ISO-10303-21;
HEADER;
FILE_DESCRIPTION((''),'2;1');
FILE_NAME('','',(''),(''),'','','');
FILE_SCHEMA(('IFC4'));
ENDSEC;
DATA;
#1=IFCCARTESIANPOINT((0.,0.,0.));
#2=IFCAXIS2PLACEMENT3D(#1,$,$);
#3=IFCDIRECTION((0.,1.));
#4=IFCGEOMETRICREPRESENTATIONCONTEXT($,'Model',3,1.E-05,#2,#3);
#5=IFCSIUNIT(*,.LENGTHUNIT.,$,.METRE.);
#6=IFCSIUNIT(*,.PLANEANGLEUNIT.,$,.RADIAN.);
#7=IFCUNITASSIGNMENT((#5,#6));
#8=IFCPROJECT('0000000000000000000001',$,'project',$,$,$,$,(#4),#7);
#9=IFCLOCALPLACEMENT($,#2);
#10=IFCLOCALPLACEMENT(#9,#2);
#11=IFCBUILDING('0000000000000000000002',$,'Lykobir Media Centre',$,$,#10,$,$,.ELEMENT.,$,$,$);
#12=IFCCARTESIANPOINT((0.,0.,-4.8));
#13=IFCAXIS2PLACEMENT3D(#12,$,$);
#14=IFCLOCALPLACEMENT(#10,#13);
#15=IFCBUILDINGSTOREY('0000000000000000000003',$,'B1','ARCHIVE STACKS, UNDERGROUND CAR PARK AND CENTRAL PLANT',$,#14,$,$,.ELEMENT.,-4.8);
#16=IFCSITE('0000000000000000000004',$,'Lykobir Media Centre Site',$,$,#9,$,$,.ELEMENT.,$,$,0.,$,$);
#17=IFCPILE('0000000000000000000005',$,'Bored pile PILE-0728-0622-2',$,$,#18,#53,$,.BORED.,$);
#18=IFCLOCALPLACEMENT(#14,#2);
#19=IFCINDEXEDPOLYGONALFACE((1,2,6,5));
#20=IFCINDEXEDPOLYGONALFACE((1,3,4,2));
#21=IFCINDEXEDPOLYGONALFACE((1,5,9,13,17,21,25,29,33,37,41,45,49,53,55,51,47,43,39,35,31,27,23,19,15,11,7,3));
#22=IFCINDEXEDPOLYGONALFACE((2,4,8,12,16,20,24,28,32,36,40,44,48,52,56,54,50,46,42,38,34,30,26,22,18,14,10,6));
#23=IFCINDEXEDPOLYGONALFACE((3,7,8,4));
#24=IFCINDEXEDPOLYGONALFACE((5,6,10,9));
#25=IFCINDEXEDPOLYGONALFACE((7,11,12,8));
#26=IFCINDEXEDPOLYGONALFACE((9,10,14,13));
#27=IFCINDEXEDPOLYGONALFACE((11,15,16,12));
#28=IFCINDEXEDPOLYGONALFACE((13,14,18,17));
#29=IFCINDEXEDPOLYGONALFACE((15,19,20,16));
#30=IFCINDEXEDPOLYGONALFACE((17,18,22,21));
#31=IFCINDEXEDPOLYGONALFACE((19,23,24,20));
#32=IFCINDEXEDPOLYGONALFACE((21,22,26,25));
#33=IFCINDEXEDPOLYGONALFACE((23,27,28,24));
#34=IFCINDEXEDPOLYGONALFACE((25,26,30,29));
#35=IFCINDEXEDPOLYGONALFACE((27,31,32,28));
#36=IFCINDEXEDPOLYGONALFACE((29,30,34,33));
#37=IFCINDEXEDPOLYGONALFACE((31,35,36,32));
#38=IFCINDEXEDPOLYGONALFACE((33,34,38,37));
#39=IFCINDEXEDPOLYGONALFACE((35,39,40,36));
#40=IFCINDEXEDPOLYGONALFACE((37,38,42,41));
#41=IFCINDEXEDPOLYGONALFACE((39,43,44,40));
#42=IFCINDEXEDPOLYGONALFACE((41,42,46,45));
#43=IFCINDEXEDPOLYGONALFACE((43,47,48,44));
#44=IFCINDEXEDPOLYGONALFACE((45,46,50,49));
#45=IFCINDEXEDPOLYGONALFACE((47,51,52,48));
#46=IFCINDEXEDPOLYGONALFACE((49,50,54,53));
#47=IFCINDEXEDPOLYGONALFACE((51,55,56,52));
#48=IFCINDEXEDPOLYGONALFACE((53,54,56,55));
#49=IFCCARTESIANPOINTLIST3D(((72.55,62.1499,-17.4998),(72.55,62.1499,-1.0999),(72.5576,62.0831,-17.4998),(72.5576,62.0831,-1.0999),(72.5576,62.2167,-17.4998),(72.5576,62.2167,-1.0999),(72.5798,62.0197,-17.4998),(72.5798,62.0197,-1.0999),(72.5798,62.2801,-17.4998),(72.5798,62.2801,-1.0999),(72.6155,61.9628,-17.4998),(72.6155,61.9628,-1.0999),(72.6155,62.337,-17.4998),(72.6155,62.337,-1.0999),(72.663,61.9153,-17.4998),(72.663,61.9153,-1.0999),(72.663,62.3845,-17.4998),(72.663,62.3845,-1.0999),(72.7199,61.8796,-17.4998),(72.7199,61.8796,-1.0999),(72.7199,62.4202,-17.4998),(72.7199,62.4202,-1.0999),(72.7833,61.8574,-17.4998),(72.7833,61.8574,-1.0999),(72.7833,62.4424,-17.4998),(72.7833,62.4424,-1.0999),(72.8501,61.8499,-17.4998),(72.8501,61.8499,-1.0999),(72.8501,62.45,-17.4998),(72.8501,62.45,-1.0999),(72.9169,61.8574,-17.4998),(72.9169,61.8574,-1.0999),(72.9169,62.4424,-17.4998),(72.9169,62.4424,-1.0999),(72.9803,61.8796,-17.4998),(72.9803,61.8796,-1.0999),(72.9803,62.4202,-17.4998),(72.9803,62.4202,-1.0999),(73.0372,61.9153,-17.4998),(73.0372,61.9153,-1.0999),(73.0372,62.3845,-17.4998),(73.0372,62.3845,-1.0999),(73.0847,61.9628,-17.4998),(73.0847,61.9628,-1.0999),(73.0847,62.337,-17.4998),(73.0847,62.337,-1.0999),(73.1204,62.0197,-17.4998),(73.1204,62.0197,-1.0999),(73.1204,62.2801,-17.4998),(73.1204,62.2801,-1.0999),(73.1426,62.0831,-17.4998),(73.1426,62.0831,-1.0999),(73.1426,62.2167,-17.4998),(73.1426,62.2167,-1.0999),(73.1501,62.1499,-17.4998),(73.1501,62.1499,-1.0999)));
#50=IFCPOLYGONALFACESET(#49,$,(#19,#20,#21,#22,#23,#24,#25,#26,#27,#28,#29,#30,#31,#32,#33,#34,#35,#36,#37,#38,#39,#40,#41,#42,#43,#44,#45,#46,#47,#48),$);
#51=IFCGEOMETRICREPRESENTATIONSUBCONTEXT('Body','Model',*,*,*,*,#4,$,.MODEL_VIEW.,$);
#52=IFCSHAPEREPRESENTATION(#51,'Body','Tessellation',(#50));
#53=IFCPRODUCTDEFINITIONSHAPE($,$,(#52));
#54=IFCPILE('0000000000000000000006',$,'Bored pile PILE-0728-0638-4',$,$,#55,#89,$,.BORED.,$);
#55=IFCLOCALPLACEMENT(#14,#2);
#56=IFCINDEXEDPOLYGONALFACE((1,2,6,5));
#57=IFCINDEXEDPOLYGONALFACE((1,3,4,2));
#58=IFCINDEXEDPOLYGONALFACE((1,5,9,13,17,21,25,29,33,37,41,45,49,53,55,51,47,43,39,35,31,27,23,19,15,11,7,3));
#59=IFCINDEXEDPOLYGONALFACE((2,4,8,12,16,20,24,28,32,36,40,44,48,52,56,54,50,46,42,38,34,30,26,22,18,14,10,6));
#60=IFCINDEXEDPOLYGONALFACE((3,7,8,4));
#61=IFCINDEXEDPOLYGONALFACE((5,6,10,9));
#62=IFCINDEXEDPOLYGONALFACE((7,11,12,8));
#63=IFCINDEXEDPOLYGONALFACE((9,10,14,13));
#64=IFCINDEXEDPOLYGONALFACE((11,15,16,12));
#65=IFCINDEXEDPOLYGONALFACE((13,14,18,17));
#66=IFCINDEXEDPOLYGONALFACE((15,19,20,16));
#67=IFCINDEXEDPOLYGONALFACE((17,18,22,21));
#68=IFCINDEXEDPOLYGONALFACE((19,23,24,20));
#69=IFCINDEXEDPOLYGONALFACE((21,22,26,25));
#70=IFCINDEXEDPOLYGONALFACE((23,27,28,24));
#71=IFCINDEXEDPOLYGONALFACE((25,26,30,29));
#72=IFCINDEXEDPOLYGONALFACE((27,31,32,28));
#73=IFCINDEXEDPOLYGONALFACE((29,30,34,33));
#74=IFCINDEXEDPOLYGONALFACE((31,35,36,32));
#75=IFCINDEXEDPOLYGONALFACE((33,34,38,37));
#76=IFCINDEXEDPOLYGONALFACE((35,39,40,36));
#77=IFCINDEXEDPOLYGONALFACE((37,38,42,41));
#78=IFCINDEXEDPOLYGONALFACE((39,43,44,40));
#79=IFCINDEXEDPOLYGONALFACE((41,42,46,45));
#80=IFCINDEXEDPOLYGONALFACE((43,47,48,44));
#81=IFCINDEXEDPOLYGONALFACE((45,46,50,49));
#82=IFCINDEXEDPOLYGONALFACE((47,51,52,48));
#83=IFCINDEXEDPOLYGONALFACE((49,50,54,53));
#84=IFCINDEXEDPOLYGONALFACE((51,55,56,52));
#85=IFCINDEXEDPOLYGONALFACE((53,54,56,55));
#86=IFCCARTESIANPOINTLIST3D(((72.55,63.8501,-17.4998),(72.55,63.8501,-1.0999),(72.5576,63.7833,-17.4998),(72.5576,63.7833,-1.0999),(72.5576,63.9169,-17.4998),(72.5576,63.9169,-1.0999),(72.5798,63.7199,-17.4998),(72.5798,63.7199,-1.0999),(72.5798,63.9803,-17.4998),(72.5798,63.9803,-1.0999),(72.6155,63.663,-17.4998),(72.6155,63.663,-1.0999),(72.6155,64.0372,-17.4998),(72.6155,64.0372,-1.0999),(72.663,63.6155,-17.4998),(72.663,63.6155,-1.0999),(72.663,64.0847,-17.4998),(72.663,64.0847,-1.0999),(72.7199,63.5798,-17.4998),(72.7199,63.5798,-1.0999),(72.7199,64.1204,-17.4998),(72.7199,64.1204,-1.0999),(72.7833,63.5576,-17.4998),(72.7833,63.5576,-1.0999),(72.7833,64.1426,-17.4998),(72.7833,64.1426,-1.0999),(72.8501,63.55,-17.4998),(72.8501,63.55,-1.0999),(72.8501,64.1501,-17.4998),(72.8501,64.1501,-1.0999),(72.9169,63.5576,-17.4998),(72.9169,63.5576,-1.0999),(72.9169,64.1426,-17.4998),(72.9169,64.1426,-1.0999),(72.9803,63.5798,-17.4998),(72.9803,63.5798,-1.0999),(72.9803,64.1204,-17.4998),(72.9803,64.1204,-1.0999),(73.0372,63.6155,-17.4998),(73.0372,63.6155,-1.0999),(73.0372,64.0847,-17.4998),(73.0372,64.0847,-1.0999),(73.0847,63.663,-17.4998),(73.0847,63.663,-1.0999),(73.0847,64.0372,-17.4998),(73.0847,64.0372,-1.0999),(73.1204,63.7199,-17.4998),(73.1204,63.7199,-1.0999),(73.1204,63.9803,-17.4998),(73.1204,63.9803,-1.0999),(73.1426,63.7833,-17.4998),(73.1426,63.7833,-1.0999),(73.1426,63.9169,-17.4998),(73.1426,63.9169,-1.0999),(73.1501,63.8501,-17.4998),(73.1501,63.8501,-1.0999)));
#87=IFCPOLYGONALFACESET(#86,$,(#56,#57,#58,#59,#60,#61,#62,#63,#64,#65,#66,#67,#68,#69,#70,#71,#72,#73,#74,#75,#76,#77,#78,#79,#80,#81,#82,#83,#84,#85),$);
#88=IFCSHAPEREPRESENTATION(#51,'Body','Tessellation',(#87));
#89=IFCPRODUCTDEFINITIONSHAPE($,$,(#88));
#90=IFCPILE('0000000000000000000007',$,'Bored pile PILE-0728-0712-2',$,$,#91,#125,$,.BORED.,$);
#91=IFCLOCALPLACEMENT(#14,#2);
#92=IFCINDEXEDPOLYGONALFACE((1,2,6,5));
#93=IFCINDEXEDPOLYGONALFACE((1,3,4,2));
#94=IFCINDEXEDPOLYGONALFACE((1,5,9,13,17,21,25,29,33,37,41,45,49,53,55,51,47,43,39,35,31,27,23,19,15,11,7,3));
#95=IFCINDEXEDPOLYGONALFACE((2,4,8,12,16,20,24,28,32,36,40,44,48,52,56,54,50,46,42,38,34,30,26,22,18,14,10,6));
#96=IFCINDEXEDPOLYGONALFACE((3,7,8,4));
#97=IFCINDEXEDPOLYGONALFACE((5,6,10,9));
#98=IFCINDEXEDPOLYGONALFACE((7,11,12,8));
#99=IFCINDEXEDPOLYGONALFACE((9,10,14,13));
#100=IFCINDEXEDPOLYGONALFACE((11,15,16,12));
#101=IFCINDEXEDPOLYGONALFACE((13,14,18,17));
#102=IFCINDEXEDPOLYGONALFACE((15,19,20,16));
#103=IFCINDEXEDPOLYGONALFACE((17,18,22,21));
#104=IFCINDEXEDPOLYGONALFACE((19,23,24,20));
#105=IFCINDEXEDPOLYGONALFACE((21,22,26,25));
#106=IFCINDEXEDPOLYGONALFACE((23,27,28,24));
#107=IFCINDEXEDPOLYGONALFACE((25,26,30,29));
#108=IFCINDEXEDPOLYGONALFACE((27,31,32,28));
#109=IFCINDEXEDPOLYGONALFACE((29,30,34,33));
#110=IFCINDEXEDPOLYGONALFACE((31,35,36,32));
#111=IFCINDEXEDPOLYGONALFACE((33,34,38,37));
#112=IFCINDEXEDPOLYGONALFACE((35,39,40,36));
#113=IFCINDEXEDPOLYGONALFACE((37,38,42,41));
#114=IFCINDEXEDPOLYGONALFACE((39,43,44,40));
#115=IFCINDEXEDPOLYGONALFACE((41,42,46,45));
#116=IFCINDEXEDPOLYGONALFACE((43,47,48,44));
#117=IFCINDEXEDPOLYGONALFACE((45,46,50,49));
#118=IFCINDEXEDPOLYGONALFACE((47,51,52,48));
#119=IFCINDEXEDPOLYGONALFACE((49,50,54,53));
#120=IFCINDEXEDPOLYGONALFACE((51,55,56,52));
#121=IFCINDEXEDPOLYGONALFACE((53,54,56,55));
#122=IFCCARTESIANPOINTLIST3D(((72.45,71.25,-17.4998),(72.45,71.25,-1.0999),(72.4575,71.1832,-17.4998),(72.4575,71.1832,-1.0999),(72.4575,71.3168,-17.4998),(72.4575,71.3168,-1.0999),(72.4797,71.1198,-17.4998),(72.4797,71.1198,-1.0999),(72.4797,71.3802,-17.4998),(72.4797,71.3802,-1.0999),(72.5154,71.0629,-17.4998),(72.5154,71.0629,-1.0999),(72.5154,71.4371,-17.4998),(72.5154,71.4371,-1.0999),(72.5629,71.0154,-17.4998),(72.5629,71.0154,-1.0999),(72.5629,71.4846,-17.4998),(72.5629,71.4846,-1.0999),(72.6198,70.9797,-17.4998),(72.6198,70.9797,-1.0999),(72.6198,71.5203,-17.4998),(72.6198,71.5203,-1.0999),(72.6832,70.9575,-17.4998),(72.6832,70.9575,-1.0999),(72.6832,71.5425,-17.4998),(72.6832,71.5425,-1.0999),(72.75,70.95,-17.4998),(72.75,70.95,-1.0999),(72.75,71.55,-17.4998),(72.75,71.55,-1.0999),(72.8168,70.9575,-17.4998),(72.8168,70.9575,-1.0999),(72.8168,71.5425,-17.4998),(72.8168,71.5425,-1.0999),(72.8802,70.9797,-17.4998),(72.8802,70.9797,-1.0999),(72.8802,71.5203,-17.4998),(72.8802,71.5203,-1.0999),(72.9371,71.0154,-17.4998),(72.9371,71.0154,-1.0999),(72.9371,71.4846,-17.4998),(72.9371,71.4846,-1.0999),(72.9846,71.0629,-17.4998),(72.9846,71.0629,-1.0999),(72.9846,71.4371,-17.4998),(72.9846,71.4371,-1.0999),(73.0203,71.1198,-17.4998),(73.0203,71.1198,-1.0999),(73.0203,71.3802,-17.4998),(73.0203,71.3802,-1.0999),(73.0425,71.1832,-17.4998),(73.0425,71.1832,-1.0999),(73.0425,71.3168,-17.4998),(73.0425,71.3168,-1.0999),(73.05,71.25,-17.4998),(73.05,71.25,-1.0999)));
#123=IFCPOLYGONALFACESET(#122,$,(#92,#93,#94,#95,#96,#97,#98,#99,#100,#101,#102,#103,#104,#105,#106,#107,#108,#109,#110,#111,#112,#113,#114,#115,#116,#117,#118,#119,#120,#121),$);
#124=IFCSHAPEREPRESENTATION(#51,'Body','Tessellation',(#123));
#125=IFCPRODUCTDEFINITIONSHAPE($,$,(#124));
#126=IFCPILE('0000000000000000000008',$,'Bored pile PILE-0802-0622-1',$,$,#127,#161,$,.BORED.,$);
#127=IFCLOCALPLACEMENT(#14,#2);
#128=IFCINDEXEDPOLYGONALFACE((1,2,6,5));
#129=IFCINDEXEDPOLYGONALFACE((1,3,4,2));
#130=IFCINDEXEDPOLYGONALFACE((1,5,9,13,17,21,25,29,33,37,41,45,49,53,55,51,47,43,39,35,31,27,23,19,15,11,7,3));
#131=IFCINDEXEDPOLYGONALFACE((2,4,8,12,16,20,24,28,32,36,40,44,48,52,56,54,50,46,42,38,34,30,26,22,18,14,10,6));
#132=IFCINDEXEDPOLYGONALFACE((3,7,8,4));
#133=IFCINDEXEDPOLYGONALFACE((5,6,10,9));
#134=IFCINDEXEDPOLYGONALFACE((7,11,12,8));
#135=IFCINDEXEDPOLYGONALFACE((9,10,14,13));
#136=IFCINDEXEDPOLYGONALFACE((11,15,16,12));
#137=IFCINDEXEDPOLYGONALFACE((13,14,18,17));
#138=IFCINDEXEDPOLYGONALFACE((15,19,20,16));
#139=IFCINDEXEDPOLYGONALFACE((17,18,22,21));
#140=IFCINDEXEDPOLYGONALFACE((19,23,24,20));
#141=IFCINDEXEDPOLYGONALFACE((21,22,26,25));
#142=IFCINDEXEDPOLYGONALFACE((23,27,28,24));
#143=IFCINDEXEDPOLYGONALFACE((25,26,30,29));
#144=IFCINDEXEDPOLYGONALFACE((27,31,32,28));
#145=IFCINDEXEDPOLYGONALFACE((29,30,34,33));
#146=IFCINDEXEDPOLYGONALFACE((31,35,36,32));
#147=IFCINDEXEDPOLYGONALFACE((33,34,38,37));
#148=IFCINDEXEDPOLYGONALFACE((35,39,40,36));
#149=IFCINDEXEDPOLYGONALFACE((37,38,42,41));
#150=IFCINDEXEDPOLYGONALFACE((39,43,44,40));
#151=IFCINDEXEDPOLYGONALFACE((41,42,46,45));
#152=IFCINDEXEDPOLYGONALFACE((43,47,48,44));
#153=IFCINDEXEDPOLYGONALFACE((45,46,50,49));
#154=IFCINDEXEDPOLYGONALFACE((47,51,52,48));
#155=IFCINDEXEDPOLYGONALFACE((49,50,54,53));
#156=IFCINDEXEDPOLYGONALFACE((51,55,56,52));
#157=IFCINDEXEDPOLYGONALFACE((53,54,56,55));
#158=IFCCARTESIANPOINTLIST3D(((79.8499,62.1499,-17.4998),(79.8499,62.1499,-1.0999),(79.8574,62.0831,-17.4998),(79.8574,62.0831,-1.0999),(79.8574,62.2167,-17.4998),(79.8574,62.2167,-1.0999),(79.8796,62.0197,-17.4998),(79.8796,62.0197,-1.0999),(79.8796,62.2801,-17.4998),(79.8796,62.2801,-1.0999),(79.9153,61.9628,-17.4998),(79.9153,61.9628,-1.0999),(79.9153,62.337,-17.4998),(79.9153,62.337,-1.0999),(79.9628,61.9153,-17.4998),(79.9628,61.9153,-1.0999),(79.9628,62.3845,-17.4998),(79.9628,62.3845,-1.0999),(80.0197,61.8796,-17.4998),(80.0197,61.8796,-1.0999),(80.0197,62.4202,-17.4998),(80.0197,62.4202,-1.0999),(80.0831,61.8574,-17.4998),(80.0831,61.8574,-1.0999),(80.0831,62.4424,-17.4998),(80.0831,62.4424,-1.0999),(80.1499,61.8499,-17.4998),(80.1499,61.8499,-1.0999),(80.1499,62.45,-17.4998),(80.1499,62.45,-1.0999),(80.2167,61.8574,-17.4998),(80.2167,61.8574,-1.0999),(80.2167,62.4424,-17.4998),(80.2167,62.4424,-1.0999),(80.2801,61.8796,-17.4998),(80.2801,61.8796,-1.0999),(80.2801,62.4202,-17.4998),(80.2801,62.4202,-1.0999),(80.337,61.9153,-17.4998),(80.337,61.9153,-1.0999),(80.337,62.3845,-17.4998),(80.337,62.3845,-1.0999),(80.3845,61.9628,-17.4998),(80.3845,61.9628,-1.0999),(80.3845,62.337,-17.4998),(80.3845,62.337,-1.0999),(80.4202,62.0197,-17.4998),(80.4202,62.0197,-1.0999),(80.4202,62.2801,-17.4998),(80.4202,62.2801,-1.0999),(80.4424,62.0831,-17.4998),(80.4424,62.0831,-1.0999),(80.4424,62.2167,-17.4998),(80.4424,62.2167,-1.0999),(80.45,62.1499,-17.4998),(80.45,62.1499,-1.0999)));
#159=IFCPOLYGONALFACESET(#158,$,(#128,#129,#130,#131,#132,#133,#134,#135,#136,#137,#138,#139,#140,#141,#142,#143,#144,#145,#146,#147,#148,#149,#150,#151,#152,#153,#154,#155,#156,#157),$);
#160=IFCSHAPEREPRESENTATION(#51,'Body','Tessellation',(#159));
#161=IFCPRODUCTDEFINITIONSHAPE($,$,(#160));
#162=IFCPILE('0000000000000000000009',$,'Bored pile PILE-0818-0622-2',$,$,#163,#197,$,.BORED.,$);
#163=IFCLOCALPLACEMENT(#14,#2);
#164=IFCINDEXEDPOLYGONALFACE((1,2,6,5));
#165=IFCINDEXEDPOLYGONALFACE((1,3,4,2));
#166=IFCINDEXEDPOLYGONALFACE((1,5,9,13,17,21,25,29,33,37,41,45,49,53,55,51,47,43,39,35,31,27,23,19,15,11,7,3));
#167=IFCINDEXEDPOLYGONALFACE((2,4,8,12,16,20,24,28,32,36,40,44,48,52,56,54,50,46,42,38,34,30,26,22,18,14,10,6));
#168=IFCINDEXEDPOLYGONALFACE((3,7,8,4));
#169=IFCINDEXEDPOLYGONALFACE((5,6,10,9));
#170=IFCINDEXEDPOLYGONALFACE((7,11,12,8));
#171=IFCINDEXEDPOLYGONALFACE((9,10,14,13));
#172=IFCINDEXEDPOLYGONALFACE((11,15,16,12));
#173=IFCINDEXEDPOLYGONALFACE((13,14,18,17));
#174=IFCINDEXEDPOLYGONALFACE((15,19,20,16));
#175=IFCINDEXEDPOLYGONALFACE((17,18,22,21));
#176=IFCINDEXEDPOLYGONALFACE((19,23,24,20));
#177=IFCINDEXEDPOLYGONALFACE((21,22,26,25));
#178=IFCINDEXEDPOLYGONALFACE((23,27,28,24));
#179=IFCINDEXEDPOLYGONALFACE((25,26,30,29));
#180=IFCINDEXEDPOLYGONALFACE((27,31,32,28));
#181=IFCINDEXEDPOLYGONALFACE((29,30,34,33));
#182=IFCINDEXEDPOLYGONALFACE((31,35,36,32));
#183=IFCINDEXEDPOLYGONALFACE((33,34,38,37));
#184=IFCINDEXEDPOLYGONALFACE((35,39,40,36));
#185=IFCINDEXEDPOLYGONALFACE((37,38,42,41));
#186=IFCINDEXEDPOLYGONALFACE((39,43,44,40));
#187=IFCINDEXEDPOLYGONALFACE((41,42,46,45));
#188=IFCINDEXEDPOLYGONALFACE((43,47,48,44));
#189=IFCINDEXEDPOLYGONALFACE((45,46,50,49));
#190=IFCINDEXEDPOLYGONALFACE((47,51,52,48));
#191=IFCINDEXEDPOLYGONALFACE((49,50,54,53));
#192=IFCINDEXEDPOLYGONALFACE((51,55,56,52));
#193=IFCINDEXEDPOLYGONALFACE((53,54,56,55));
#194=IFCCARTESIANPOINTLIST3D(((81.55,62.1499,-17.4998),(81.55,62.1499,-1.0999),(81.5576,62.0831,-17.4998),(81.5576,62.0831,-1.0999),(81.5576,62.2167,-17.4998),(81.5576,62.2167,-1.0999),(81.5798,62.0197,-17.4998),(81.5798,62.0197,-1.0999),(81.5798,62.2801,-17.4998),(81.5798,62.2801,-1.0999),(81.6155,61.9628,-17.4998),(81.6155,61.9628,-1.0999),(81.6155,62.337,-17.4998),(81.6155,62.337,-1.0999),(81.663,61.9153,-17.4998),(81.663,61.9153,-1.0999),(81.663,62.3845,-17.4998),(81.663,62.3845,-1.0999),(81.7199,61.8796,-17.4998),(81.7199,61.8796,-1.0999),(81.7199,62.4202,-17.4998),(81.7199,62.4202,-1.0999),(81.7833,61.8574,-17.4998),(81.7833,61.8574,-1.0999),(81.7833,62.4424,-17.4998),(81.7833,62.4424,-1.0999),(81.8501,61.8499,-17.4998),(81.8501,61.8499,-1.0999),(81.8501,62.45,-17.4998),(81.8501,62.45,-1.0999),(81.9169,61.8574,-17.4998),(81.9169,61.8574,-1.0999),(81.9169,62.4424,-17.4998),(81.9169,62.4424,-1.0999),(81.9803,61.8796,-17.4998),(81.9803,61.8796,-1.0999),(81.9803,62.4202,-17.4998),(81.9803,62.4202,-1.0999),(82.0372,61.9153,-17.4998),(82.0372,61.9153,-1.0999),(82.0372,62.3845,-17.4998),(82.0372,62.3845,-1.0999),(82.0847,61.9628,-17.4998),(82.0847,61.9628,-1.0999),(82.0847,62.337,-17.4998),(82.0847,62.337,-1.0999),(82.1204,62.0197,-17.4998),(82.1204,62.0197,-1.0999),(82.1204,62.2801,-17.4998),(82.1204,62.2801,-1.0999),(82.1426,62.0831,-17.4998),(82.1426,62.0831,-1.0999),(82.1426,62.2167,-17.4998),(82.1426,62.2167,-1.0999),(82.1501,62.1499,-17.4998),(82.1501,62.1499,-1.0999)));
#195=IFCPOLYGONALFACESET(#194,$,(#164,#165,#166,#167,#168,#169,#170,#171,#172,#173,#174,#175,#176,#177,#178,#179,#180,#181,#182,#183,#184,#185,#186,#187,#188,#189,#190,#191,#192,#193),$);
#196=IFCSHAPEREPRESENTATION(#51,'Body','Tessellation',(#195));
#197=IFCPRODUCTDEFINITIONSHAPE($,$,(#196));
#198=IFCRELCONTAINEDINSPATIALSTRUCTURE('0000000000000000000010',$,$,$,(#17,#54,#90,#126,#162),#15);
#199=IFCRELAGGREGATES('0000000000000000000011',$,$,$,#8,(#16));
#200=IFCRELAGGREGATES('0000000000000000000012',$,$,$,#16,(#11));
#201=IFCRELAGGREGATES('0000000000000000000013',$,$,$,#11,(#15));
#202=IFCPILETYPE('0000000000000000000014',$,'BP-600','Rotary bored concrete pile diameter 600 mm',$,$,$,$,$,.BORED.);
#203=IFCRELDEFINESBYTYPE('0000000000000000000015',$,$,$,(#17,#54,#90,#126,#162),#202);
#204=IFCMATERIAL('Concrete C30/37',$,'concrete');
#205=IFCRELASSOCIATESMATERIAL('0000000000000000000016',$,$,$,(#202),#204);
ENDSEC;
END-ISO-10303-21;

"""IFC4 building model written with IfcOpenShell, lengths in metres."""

from ifc_helpers import new_model, si_unit, direction, frame, origin, origin_2d, place, context, subcontext, project, spatial, circle, extrude, material, material_profile, profile_set, type_object, element, save


model = new_model("IFC4")

# Units and contexts
model_context = context("Model", 3, precision=1e-05, world=origin(), true_north=direction((0.0, 1.0)))
body_context = subcontext(model_context, "Body", "Model", "MODEL_VIEW")
ifc_project = project(units=[si_unit("LENGTHUNIT", "METRE"), si_unit("PLANEANGLEUNIT", "RADIAN")], contexts=[model_context])

# Site, building, storey
site_placement = place(None, origin())
site = spatial("IfcSite", under=ifc_project, at=site_placement, Name="Lykobir Media Centre Site", CompositionType="ELEMENT", RefElevation=0.0)
building_placement = place(site_placement, origin())
building = spatial("IfcBuilding", under=site, at=building_placement, Name="Lykobir Media Centre", CompositionType="ELEMENT")
storey_placement = place(building_placement, frame((0.0, 0.0, -4.8)))
storey = spatial("IfcBuildingStorey", under=building, at=storey_placement, Name="B1", Description="ARCHIVE STACKS, UNDERGROUND CAR PARK AND CENTRAL PLANT", CompositionType="ELEMENT", Elevation=-4.8)

# Piles
ifc_material_1 = material(Name="Concrete C30/37", Category="concrete")
ifc_material_profile_1 = material_profile(ifc_material_1, circle(Radius=0.3, at=origin_2d()), Name="BORED PILE D600")
ifc_profile_set_1 = profile_set([ifc_material_profile_1], Name="Concrete C30/37")
pile_type = type_object("IfcPileType", Name="BP-600", Description="Rotary bored concrete pile diameter 600 mm", PredefinedType="BORED", material=ifc_profile_set_1)
for number, where, z_axis, x_axis, name in (
    (1, (72.8501, 62.1499, -1.0999), (0.0, 0.0, -1.0), (1.0, 0.0, 0.0), "Bored pile PILE-0728-0622-2"),
    (2, (72.8501, 63.8501, -1.0999), (0.0, 0.0, -1.0), (1.0, 0.0, 0.0), "Bored pile PILE-0728-0638-4"),
    (3, (72.75, 71.25, -1.0999), (0.0, 0.0, -1.0), (1.0, 0.0, 0.0), "Bored pile PILE-0728-0712-2"),
    (4, (80.1499, 62.1499, -1.0999), (0.0, 0.0, -1.0), (1.0, 0.0, 0.0), "Bored pile PILE-0802-0622-1"),
    (5, (81.8501, 62.1499, -1.0999), (0.0, 0.0, -1.0), (1.0, 0.0, 0.0), "Bored pile PILE-0818-0622-2"),
):
    element("IfcPile", number, at=place(storey_placement, frame(where, z_axis=z_axis, x_axis=x_axis)), inside=storey, type_object=pile_type, Name=name, PredefinedType="BORED", context=body_context, shape_type="SweptSolid", body=[
        extrude(circle(Radius=0.3, at=origin_2d()), origin(), (0.0, 0.0, 1.0), 16.3999),
    ])

save(model, "model.ifc")
